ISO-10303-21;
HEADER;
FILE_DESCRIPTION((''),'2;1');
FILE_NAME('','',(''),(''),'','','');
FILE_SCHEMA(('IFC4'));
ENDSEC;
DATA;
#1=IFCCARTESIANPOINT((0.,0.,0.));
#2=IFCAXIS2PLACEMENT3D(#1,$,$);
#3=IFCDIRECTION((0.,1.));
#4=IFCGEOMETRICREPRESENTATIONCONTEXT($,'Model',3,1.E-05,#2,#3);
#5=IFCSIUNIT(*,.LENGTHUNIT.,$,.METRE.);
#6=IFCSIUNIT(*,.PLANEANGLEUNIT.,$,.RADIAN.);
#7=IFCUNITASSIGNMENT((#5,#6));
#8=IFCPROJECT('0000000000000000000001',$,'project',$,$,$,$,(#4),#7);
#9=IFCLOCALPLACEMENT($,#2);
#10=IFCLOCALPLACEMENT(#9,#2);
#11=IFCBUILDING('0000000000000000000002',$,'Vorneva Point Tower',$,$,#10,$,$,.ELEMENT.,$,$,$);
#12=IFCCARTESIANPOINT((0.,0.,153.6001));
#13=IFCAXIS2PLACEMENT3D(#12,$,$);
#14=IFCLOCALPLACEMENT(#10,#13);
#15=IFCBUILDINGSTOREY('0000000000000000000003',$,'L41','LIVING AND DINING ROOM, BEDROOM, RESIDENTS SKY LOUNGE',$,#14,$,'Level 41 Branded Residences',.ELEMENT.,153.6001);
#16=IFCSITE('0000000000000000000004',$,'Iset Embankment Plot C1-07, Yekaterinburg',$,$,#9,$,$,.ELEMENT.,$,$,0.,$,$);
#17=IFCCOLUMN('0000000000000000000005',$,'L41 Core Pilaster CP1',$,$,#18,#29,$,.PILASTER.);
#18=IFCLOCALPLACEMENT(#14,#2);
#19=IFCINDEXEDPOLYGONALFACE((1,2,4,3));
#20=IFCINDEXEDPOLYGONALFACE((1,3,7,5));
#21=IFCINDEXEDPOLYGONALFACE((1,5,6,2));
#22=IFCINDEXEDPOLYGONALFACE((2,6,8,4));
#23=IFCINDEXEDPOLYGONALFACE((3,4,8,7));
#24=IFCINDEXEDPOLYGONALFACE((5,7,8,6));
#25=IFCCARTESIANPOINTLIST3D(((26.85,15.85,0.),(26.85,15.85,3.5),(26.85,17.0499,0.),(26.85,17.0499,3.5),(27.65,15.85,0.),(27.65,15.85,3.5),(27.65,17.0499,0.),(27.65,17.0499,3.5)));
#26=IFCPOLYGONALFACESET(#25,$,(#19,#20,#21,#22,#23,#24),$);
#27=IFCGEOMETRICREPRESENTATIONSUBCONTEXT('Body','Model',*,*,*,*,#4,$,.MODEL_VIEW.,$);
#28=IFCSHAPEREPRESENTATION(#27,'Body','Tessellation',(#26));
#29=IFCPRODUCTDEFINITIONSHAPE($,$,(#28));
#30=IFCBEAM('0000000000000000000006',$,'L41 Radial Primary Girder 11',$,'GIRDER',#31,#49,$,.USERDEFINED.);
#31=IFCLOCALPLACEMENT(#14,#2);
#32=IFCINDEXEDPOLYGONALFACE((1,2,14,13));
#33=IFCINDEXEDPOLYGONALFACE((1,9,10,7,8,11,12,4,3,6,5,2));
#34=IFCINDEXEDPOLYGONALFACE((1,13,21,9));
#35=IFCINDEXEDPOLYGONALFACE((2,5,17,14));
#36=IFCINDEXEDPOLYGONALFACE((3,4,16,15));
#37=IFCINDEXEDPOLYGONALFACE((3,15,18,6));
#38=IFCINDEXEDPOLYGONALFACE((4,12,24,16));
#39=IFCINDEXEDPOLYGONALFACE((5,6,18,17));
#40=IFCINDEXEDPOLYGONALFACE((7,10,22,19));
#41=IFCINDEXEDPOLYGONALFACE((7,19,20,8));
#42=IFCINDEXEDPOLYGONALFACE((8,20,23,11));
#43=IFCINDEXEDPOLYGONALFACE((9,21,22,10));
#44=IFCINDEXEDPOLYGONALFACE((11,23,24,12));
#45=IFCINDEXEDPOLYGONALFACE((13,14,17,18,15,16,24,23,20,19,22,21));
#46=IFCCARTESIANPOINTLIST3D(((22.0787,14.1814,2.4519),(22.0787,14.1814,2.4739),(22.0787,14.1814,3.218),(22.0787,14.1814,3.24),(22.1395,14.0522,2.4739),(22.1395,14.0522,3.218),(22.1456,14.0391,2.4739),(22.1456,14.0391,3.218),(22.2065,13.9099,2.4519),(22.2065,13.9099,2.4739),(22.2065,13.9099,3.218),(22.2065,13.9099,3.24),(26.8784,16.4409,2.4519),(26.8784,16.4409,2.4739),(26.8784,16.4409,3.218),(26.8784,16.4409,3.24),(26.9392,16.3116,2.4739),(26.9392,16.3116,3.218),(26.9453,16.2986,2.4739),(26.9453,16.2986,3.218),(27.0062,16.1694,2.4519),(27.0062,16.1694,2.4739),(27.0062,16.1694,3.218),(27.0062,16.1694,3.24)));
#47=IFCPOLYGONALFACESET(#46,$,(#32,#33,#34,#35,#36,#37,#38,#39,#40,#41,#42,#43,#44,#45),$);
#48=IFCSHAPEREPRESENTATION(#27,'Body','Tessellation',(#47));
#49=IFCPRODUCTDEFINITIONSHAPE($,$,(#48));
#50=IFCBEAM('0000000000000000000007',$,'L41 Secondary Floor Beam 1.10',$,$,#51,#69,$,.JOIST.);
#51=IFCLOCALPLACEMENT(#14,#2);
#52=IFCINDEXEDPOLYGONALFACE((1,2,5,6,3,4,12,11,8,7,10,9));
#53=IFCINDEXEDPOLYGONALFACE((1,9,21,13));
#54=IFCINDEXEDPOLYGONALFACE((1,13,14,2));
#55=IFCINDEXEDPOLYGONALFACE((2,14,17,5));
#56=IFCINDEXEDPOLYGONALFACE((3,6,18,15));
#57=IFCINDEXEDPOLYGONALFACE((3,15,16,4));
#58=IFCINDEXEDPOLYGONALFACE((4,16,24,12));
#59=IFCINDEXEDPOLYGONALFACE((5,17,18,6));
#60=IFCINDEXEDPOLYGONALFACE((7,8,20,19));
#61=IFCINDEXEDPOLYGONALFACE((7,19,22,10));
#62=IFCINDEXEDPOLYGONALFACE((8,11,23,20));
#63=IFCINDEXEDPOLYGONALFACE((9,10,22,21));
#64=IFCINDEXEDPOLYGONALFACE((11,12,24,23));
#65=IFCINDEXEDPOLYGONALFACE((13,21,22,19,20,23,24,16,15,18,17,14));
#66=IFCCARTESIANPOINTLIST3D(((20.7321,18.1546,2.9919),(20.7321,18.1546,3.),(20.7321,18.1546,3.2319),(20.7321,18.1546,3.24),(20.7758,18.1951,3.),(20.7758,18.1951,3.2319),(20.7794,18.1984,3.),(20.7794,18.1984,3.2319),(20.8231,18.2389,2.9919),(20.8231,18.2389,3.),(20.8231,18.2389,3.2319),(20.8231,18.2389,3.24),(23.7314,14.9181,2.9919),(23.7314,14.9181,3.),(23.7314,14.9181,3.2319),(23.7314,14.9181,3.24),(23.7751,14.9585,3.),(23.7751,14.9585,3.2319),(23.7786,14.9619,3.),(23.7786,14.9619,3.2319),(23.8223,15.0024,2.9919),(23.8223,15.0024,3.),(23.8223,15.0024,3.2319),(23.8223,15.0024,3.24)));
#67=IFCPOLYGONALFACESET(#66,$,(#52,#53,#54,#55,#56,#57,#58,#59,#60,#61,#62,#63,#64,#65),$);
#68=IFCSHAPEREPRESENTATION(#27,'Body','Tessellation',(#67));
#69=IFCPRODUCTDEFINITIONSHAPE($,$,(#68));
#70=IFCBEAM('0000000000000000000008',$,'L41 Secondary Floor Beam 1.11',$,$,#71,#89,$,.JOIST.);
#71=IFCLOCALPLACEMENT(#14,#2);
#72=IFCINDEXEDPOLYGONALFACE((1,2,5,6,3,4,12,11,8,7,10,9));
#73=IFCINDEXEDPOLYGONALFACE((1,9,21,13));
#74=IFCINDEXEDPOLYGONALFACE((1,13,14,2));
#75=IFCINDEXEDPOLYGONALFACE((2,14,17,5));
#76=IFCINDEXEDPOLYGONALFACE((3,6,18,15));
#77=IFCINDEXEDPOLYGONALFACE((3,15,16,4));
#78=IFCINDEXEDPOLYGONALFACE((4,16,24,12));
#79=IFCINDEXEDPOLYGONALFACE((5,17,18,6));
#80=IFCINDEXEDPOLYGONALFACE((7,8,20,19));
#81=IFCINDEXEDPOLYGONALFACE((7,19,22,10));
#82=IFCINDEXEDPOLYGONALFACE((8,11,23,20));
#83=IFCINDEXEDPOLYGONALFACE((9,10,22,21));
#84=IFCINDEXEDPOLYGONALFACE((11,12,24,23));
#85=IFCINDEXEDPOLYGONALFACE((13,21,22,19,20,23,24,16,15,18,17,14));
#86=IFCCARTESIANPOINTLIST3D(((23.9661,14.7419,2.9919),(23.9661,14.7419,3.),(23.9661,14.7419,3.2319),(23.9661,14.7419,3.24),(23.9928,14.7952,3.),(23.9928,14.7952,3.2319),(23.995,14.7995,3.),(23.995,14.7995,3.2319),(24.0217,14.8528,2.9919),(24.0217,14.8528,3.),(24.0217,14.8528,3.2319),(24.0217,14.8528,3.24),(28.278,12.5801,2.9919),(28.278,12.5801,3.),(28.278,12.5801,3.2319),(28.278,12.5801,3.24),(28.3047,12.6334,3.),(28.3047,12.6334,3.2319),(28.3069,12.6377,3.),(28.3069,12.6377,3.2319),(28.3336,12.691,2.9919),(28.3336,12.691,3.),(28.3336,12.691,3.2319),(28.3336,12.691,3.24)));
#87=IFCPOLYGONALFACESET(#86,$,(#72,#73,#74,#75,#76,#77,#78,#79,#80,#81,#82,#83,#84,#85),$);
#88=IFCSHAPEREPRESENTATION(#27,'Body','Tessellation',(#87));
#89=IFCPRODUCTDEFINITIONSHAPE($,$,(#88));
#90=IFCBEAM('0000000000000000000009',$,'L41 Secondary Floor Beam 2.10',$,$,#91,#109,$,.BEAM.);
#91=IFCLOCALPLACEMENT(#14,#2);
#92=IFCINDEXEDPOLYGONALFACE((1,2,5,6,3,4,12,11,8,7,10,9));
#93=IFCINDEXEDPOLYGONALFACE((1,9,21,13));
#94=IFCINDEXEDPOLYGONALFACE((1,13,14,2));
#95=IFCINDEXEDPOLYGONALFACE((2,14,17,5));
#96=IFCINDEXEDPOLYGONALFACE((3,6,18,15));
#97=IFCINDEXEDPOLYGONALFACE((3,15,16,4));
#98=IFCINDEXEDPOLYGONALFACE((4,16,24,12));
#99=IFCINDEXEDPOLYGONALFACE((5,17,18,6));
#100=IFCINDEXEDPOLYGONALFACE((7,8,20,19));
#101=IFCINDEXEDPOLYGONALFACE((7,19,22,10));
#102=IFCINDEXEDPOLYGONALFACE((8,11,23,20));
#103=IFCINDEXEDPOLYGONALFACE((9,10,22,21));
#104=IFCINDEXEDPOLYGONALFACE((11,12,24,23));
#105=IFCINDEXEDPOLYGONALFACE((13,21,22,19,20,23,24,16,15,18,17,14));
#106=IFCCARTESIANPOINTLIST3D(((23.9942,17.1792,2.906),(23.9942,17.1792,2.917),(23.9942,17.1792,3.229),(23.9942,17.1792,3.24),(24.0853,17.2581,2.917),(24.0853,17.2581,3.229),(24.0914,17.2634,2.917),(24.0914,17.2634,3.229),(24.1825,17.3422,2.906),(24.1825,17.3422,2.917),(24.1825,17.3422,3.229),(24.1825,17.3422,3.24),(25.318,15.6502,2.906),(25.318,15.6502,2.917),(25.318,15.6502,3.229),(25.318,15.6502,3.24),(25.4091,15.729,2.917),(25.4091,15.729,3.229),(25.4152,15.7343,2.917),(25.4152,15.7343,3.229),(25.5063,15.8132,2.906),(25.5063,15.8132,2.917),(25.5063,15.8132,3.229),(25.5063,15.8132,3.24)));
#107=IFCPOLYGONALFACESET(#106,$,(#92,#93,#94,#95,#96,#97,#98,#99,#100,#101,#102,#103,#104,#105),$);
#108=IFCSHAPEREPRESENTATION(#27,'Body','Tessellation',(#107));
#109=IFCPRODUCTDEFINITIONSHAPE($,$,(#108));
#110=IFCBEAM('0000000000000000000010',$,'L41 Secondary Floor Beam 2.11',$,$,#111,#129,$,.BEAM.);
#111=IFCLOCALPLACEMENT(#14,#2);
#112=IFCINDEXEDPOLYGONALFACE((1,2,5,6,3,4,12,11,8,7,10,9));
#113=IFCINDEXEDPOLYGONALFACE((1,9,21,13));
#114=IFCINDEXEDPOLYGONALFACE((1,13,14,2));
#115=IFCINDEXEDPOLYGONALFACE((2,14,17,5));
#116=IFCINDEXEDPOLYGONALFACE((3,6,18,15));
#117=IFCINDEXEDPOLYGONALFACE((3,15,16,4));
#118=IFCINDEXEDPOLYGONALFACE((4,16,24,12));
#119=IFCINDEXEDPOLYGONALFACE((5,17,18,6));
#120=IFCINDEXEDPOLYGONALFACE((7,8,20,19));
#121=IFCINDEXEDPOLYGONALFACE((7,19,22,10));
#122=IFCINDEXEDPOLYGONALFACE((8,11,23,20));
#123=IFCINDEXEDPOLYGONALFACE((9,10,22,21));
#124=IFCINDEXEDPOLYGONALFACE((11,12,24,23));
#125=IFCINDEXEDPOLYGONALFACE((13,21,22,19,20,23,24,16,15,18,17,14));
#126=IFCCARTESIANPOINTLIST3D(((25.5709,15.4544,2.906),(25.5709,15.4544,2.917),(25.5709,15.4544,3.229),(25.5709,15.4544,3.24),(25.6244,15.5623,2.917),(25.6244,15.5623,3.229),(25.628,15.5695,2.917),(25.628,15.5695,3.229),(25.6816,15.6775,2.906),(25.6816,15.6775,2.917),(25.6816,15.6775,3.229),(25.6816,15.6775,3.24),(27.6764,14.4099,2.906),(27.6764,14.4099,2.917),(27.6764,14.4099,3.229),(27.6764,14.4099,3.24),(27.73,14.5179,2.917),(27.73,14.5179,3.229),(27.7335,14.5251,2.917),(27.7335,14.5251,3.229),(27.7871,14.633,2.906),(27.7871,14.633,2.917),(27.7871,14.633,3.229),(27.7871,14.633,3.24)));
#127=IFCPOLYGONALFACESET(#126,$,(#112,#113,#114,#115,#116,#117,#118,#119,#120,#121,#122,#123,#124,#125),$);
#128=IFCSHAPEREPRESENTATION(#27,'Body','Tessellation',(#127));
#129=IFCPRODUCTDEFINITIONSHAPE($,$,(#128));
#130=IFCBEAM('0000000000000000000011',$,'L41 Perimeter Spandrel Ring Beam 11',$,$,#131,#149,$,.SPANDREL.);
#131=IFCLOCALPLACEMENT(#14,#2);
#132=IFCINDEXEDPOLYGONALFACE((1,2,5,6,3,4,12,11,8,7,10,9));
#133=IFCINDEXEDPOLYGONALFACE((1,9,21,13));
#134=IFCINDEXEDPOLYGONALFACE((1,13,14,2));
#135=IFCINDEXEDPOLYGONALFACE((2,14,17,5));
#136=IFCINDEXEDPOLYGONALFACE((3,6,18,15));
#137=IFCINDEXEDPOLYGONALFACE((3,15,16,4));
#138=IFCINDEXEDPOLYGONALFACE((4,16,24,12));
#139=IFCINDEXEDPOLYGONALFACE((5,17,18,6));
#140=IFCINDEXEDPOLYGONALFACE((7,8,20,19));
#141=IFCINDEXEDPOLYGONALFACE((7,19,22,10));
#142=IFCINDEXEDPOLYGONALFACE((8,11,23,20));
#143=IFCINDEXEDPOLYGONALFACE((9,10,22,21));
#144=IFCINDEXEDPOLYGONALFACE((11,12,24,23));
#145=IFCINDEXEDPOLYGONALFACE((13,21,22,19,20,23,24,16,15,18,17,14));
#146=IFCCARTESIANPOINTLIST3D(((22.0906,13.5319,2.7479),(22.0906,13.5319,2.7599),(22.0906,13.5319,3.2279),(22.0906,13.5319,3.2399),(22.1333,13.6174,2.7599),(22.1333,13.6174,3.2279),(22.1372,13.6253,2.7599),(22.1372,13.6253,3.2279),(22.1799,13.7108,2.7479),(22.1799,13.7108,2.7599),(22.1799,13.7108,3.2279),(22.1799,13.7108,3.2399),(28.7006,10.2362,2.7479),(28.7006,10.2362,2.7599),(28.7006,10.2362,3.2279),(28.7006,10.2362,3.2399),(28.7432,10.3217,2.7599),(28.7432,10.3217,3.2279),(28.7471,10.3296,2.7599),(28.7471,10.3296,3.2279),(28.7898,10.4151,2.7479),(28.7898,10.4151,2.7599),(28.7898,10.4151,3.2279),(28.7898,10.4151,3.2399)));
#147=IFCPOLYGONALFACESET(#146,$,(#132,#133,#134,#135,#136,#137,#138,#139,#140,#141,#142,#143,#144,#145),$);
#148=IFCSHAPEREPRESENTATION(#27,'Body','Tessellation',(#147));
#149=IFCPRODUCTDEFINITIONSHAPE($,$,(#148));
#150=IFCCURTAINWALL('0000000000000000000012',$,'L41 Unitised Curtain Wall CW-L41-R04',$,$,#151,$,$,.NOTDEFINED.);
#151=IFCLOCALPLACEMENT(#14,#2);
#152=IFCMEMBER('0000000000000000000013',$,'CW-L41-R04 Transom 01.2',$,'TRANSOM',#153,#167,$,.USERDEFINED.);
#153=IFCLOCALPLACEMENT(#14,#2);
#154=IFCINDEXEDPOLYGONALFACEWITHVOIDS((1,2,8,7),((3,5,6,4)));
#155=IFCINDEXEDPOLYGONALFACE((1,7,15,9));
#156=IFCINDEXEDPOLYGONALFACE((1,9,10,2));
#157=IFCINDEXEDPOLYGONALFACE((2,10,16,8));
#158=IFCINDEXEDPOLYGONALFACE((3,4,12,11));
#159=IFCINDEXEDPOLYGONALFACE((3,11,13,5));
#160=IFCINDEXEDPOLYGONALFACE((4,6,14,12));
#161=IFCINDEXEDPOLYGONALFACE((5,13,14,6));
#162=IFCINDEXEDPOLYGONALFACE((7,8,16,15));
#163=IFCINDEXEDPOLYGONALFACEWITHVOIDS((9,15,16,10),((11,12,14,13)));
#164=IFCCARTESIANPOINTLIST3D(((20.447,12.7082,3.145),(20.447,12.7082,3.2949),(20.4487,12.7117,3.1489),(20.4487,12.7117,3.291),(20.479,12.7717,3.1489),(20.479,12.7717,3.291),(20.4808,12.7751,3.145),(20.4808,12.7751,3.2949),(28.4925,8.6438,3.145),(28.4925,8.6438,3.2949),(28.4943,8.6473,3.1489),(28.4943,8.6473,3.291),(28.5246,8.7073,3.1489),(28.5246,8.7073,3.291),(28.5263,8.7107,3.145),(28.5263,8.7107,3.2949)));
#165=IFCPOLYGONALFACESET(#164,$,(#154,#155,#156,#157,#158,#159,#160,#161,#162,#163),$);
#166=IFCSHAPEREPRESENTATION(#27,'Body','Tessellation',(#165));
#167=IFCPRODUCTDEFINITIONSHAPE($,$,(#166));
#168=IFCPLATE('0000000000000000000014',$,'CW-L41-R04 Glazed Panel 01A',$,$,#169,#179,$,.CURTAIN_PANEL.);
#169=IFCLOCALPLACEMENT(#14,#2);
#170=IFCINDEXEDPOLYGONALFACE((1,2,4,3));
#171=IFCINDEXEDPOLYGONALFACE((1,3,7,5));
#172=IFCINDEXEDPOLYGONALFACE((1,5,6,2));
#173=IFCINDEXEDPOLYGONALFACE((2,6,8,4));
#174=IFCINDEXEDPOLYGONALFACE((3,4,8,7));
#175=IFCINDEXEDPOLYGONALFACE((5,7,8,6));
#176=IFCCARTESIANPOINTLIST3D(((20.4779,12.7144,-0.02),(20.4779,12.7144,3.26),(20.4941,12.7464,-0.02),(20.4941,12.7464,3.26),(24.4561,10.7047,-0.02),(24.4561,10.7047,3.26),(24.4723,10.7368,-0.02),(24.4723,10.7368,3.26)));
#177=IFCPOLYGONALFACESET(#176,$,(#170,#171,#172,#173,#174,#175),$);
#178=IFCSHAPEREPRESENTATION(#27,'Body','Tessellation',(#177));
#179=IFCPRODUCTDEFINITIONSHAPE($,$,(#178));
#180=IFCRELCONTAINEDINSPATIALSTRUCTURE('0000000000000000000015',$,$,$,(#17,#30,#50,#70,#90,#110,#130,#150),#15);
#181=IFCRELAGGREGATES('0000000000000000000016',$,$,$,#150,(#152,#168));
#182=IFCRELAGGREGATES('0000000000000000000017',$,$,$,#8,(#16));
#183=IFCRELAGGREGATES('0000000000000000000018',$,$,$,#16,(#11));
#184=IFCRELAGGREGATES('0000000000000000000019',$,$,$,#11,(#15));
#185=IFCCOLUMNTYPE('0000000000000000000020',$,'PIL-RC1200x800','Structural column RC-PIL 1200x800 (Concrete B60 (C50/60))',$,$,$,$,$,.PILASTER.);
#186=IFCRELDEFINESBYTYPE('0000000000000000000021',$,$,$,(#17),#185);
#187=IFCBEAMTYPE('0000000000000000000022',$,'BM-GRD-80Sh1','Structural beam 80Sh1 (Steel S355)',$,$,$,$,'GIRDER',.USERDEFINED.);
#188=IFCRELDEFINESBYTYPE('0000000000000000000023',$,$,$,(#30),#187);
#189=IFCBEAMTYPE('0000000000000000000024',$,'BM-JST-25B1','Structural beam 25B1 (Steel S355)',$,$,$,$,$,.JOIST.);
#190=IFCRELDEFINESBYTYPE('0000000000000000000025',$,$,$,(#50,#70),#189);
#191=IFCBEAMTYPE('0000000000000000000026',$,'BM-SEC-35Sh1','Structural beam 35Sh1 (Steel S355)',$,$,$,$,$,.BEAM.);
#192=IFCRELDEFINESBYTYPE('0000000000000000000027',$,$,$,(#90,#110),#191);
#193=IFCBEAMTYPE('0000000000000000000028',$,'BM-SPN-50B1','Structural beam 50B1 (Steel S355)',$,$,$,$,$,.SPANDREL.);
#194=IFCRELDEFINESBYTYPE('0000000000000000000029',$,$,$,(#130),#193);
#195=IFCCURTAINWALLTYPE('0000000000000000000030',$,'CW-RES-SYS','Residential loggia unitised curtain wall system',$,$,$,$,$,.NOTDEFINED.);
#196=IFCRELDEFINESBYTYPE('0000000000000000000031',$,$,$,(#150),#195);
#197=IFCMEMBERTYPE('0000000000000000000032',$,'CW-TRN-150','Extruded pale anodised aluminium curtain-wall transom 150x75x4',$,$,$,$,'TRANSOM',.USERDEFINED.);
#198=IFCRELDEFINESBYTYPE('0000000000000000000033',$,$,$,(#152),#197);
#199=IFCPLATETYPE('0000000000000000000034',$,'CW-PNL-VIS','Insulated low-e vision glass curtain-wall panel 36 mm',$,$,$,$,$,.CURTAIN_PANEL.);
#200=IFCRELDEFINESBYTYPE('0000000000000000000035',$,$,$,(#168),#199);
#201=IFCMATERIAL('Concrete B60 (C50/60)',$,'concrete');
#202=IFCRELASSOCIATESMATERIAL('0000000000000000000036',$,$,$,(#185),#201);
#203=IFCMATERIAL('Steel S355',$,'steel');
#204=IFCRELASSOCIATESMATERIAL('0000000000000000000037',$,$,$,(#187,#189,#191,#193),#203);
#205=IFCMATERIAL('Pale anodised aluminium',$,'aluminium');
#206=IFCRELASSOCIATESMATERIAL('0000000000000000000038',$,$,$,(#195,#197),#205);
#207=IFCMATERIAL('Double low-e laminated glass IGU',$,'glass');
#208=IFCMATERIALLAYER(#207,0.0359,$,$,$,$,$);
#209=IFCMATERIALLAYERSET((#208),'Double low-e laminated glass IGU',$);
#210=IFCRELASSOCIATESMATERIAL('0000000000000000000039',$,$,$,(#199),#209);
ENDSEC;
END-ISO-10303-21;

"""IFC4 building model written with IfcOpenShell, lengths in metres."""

from ifc_helpers import new_model, si_unit, direction, frame, origin, origin_2d, place, context, subcontext, project, spatial, rectangle, hollow_rectangle, i_section, extrude, material, layer, layer_set, material_profile, profile_set, type_object, element, aggregate, save


model = new_model("IFC4")

# Units and contexts
model_context = context("Model", 3, precision=1e-05, world=origin(), true_north=direction((0.0, 1.0)))
body_context = subcontext(model_context, "Body", "Model", "MODEL_VIEW")
ifc_project = project(units=[si_unit("LENGTHUNIT", "METRE"), si_unit("PLANEANGLEUNIT", "RADIAN")], contexts=[model_context])

# Site, building, storey
site_placement = place(None, origin())
site = spatial("IfcSite", under=ifc_project, at=site_placement, Name="Iset Embankment Plot C1-07, Yekaterinburg", CompositionType="ELEMENT", RefElevation=0.0)
building_placement = place(site_placement, origin())
building = spatial("IfcBuilding", under=site, at=building_placement, Name="Vorneva Point Tower", CompositionType="ELEMENT")
storey_placement = place(building_placement, frame((0.0, 0.0, 153.6001)))
storey = spatial("IfcBuildingStorey", under=building, at=storey_placement, Name="L41", Description="LIVING AND DINING ROOM, BEDROOM, RESIDENTS SKY LOUNGE", LongName="Level 41 Branded Residences", CompositionType="ELEMENT", Elevation=153.6001)

# Column
ifc_material_1 = material(Name="Concrete B60 (C50/60)", Category="concrete")
ifc_material_profile_1 = material_profile(ifc_material_1, rectangle(XDim=0.8, YDim=1.2, at=origin_2d()), Name="RC-PIL 1200x800")
ifc_profile_set_1 = profile_set([ifc_material_profile_1], Name="Concrete B60 (C50/60)")
column_type_1 = type_object("IfcColumnType", Name="PIL-RC1200x800", Description="Structural column RC-PIL 1200x800 (Concrete B60 (C50/60))", PredefinedType="PILASTER", material=ifc_profile_set_1)
column_1_placement = place(storey_placement, frame((27.25, 16.45, 0.0), z_axis=(0.0, 0.0, 1.0), x_axis=(1.0, 0.0, 0.0)))
element("IfcColumn", 1, at=column_1_placement, inside=storey, type_object=column_type_1, Name="L41 Core Pilaster CP1", PredefinedType="PILASTER", context=body_context, shape_type="SweptSolid", body=[
    extrude(rectangle(XDim=0.8, YDim=1.2, at=origin_2d()), origin(), (0.0, 0.0, 1.0), 3.5),
])

# Beams
ifc_material_2 = material(Name="Steel S355", Category="steel")
ifc_material_profile_2 = material_profile(ifc_material_2, i_section(OverallWidth=0.3, OverallDepth=0.7881, WebThickness=0.0144, FlangeThickness=0.022, at=origin_2d()), Name="80Sh1")
ifc_profile_set_2 = profile_set([ifc_material_profile_2], Name="Steel S355")
beam_type_1 = type_object("IfcBeamType", Name="BM-GRD-80Sh1", Description="Structural beam 80Sh1 (Steel S355)", ElementType="GIRDER", PredefinedType="USERDEFINED", material=ifc_profile_set_2)
beam_1_placement = place(storey_placement, frame((22.1426, 14.0457, 2.8459), z_axis=(0.904761, 0.425919, 0.0), x_axis=(-0.425919, 0.904761, 0.0)))
element("IfcBeam", 2, at=beam_1_placement, inside=storey, type_object=beam_type_1, Name="L41 Radial Primary Girder 11", ObjectType="GIRDER", PredefinedType="USERDEFINED", context=body_context, shape_type="SweptSolid", body=[
    extrude(i_section(OverallWidth=0.3, OverallDepth=0.7881, WebThickness=0.0144, FlangeThickness=0.022, at=origin_2d()), origin(), (0.0, 0.0, 1.0), 5.3049),
])
ifc_material_profile_3 = material_profile(ifc_material_2, i_section(OverallWidth=0.124, OverallDepth=0.248, WebThickness=0.0049, FlangeThickness=0.0081, at=origin_2d()), Name="25B1")
ifc_profile_set_3 = profile_set([ifc_material_profile_3], Name="Steel S355")
beam_type_2 = type_object("IfcBeamType", Name="BM-JST-25B1", Description="Structural beam 25B1 (Steel S355)", PredefinedType="JOIST", material=ifc_profile_set_3)
beam_2_placement = place(storey_placement, frame((20.7776, 18.1968, 3.116), z_axis=(0.679706, -0.733485, 0.0), x_axis=(0.733485, 0.679706, 0.0)))
element("IfcBeam", 3, at=beam_2_placement, inside=storey, type_object=beam_type_2, Name="L41 Secondary Floor Beam 1.10", PredefinedType="JOIST", context=body_context, shape_type="SweptSolid", body=[
    extrude(i_section(OverallWidth=0.124, OverallDepth=0.248, WebThickness=0.0049, FlangeThickness=0.0081, at=origin_2d()), origin(), (0.0, 0.0, 1.0), 4.4126),
])
beam_3_placement = place(storey_placement, frame((23.9939, 14.7974, 3.116), z_axis=(0.893941, -0.448185, 0.0), x_axis=(0.448185, 0.893941, 0.0)))
element("IfcBeam", 4, at=beam_3_placement, inside=storey, type_object=beam_type_2, Name="L41 Secondary Floor Beam 1.11", PredefinedType="JOIST", context=body_context, shape_type="SweptSolid", body=[
    extrude(i_section(OverallWidth=0.124, OverallDepth=0.248, WebThickness=0.0049, FlangeThickness=0.0081, at=origin_2d()), origin(), (0.0, 0.0, 1.0), 4.8235),
])
ifc_material_profile_4 = material_profile(ifc_material_2, i_section(OverallWidth=0.249, OverallDepth=0.334, WebThickness=0.0081, FlangeThickness=0.011, at=origin_2d()), Name="35Sh1")
ifc_profile_set_4 = profile_set([ifc_material_profile_4], Name="Steel S355")
beam_type_3 = type_object("IfcBeamType", Name="BM-SEC-35Sh1", Description="Structural beam 35Sh1 (Steel S355)", PredefinedType="BEAM", material=ifc_profile_set_4)
beam_4_placement = place(storey_placement, frame((24.0884, 17.2607, 3.073), z_axis=(0.654521, -0.756043, 0.0), x_axis=(0.756043, 0.654521, 0.0)))
element("IfcBeam", 5, at=beam_4_placement, inside=storey, type_object=beam_type_3, Name="L41 Secondary Floor Beam 2.10", PredefinedType="BEAM", context=body_context, shape_type="SweptSolid", body=[
    extrude(i_section(OverallWidth=0.249, OverallDepth=0.334, WebThickness=0.0081, FlangeThickness=0.011, at=origin_2d()), origin(), (0.0, 0.0, 1.0), 2.0225),
])
beam_5_placement = place(storey_placement, frame((25.6262, 15.5659, 3.073), z_axis=(0.895835, -0.444386, 0.0), x_axis=(0.444386, 0.895835, 0.0)))
element("IfcBeam", 6, at=beam_5_placement, inside=storey, type_object=beam_type_3, Name="L41 Secondary Floor Beam 2.11", PredefinedType="BEAM", context=body_context, shape_type="SweptSolid", body=[
    extrude(i_section(OverallWidth=0.249, OverallDepth=0.334, WebThickness=0.0081, FlangeThickness=0.011, at=origin_2d()), origin(), (0.0, 0.0, 1.0), 2.3503),
])
ifc_material_profile_5 = material_profile(ifc_material_2, i_section(OverallWidth=0.2, OverallDepth=0.4919, WebThickness=0.0088, FlangeThickness=0.012, at=origin_2d()), Name="50B1")
ifc_profile_set_5 = profile_set([ifc_material_profile_5], Name="Steel S355")
beam_type_4 = type_object("IfcBeamType", Name="BM-SPN-50B1", Description="Structural beam 50B1 (Steel S355)", PredefinedType="SPANDREL", material=ifc_profile_set_5)
beam_6_placement = place(storey_placement, frame((22.1353, 13.6213, 2.9939), z_axis=(0.894929, -0.446208, 0.0), x_axis=(0.446208, 0.894929, 0.0)))
element("IfcBeam", 7, at=beam_6_placement, inside=storey, type_object=beam_type_4, Name="L41 Perimeter Spandrel Ring Beam 11", PredefinedType="SPANDREL", context=body_context, shape_type="SweptSolid", body=[
    extrude(i_section(OverallWidth=0.2, OverallDepth=0.4919, WebThickness=0.0088, FlangeThickness=0.012, at=origin_2d()), origin(), (0.0, 0.0, 1.0), 7.386),
])

# Curtain wall, member, plate
ifc_material_3 = material(Name="Pale anodised aluminium", Category="aluminium")
curtain_wall_type = type_object("IfcCurtainWallType", Name="CW-RES-SYS", Description="Residential loggia unitised curtain wall system", PredefinedType="NOTDEFINED", material=ifc_material_3)
curtain_wall_placement = place(storey_placement, origin())
curtain_wall = element("IfcCurtainWall", 8, at=curtain_wall_placement, inside=storey, type_object=curtain_wall_type, Name="L41 Unitised Curtain Wall CW-L41-R04", PredefinedType="NOTDEFINED")
ifc_material_profile_6 = material_profile(ifc_material_3, hollow_rectangle(XDim=0.075, YDim=0.1499, WallThickness=0.0039, at=origin_2d()), Name="AL-TRN 150x75x4")
ifc_profile_set_6 = profile_set([ifc_material_profile_6], Name="Pale anodised aluminium")
member_type = type_object("IfcMemberType", Name="CW-TRN-150", Description="Extruded pale anodised aluminium curtain-wall transom 150x75x4", ElementType="TRANSOM", PredefinedType="USERDEFINED", material=ifc_profile_set_6)
member_placement = place(storey_placement, frame((20.4639, 12.7417, 3.22), z_axis=(0.892572, -0.450904, 0.0), x_axis=(0.450904, 0.892572, 0.0)))
member = element("IfcMember", 9, at=member_placement, type_object=member_type, Name="CW-L41-R04 Transom 01.2", ObjectType="TRANSOM", PredefinedType="USERDEFINED", context=body_context, shape_type="SweptSolid", body=[
    extrude(hollow_rectangle(XDim=0.075, YDim=0.1499, WallThickness=0.0039, at=origin_2d()), origin(), (0.0, 0.0, 1.0), 9.0139),
])
ifc_material_4 = material(Name="Double low-e laminated glass IGU", Category="glass")
ifc_layer_1 = layer(ifc_material_4, 0.0359)
ifc_layer_set_1 = layer_set([ifc_layer_1], Name="Double low-e laminated glass IGU")
plate_type = type_object("IfcPlateType", Name="CW-PNL-VIS", Description="Insulated low-e vision glass curtain-wall panel 36 mm", PredefinedType="CURTAIN_PANEL", material=ifc_layer_set_1)
plate_1_placement = place(storey_placement, frame((22.4751, 11.7256, -0.02), z_axis=(0.0, 0.0, 1.0), x_axis=(0.892578, -0.450893, 0.0)))
plate_1 = element("IfcPlate", 10, at=plate_1_placement, type_object=plate_type, Name="CW-L41-R04 Glazed Panel 01A", PredefinedType="CURTAIN_PANEL", context=body_context, shape_type="SweptSolid", body=[
    extrude(rectangle(XDim=4.457, YDim=0.0359, at=origin_2d()), origin(), (0.0, 0.0, 1.0), 3.28),
])
aggregate(curtain_wall, [member, plate_1])

save(model, "model.ifc")
